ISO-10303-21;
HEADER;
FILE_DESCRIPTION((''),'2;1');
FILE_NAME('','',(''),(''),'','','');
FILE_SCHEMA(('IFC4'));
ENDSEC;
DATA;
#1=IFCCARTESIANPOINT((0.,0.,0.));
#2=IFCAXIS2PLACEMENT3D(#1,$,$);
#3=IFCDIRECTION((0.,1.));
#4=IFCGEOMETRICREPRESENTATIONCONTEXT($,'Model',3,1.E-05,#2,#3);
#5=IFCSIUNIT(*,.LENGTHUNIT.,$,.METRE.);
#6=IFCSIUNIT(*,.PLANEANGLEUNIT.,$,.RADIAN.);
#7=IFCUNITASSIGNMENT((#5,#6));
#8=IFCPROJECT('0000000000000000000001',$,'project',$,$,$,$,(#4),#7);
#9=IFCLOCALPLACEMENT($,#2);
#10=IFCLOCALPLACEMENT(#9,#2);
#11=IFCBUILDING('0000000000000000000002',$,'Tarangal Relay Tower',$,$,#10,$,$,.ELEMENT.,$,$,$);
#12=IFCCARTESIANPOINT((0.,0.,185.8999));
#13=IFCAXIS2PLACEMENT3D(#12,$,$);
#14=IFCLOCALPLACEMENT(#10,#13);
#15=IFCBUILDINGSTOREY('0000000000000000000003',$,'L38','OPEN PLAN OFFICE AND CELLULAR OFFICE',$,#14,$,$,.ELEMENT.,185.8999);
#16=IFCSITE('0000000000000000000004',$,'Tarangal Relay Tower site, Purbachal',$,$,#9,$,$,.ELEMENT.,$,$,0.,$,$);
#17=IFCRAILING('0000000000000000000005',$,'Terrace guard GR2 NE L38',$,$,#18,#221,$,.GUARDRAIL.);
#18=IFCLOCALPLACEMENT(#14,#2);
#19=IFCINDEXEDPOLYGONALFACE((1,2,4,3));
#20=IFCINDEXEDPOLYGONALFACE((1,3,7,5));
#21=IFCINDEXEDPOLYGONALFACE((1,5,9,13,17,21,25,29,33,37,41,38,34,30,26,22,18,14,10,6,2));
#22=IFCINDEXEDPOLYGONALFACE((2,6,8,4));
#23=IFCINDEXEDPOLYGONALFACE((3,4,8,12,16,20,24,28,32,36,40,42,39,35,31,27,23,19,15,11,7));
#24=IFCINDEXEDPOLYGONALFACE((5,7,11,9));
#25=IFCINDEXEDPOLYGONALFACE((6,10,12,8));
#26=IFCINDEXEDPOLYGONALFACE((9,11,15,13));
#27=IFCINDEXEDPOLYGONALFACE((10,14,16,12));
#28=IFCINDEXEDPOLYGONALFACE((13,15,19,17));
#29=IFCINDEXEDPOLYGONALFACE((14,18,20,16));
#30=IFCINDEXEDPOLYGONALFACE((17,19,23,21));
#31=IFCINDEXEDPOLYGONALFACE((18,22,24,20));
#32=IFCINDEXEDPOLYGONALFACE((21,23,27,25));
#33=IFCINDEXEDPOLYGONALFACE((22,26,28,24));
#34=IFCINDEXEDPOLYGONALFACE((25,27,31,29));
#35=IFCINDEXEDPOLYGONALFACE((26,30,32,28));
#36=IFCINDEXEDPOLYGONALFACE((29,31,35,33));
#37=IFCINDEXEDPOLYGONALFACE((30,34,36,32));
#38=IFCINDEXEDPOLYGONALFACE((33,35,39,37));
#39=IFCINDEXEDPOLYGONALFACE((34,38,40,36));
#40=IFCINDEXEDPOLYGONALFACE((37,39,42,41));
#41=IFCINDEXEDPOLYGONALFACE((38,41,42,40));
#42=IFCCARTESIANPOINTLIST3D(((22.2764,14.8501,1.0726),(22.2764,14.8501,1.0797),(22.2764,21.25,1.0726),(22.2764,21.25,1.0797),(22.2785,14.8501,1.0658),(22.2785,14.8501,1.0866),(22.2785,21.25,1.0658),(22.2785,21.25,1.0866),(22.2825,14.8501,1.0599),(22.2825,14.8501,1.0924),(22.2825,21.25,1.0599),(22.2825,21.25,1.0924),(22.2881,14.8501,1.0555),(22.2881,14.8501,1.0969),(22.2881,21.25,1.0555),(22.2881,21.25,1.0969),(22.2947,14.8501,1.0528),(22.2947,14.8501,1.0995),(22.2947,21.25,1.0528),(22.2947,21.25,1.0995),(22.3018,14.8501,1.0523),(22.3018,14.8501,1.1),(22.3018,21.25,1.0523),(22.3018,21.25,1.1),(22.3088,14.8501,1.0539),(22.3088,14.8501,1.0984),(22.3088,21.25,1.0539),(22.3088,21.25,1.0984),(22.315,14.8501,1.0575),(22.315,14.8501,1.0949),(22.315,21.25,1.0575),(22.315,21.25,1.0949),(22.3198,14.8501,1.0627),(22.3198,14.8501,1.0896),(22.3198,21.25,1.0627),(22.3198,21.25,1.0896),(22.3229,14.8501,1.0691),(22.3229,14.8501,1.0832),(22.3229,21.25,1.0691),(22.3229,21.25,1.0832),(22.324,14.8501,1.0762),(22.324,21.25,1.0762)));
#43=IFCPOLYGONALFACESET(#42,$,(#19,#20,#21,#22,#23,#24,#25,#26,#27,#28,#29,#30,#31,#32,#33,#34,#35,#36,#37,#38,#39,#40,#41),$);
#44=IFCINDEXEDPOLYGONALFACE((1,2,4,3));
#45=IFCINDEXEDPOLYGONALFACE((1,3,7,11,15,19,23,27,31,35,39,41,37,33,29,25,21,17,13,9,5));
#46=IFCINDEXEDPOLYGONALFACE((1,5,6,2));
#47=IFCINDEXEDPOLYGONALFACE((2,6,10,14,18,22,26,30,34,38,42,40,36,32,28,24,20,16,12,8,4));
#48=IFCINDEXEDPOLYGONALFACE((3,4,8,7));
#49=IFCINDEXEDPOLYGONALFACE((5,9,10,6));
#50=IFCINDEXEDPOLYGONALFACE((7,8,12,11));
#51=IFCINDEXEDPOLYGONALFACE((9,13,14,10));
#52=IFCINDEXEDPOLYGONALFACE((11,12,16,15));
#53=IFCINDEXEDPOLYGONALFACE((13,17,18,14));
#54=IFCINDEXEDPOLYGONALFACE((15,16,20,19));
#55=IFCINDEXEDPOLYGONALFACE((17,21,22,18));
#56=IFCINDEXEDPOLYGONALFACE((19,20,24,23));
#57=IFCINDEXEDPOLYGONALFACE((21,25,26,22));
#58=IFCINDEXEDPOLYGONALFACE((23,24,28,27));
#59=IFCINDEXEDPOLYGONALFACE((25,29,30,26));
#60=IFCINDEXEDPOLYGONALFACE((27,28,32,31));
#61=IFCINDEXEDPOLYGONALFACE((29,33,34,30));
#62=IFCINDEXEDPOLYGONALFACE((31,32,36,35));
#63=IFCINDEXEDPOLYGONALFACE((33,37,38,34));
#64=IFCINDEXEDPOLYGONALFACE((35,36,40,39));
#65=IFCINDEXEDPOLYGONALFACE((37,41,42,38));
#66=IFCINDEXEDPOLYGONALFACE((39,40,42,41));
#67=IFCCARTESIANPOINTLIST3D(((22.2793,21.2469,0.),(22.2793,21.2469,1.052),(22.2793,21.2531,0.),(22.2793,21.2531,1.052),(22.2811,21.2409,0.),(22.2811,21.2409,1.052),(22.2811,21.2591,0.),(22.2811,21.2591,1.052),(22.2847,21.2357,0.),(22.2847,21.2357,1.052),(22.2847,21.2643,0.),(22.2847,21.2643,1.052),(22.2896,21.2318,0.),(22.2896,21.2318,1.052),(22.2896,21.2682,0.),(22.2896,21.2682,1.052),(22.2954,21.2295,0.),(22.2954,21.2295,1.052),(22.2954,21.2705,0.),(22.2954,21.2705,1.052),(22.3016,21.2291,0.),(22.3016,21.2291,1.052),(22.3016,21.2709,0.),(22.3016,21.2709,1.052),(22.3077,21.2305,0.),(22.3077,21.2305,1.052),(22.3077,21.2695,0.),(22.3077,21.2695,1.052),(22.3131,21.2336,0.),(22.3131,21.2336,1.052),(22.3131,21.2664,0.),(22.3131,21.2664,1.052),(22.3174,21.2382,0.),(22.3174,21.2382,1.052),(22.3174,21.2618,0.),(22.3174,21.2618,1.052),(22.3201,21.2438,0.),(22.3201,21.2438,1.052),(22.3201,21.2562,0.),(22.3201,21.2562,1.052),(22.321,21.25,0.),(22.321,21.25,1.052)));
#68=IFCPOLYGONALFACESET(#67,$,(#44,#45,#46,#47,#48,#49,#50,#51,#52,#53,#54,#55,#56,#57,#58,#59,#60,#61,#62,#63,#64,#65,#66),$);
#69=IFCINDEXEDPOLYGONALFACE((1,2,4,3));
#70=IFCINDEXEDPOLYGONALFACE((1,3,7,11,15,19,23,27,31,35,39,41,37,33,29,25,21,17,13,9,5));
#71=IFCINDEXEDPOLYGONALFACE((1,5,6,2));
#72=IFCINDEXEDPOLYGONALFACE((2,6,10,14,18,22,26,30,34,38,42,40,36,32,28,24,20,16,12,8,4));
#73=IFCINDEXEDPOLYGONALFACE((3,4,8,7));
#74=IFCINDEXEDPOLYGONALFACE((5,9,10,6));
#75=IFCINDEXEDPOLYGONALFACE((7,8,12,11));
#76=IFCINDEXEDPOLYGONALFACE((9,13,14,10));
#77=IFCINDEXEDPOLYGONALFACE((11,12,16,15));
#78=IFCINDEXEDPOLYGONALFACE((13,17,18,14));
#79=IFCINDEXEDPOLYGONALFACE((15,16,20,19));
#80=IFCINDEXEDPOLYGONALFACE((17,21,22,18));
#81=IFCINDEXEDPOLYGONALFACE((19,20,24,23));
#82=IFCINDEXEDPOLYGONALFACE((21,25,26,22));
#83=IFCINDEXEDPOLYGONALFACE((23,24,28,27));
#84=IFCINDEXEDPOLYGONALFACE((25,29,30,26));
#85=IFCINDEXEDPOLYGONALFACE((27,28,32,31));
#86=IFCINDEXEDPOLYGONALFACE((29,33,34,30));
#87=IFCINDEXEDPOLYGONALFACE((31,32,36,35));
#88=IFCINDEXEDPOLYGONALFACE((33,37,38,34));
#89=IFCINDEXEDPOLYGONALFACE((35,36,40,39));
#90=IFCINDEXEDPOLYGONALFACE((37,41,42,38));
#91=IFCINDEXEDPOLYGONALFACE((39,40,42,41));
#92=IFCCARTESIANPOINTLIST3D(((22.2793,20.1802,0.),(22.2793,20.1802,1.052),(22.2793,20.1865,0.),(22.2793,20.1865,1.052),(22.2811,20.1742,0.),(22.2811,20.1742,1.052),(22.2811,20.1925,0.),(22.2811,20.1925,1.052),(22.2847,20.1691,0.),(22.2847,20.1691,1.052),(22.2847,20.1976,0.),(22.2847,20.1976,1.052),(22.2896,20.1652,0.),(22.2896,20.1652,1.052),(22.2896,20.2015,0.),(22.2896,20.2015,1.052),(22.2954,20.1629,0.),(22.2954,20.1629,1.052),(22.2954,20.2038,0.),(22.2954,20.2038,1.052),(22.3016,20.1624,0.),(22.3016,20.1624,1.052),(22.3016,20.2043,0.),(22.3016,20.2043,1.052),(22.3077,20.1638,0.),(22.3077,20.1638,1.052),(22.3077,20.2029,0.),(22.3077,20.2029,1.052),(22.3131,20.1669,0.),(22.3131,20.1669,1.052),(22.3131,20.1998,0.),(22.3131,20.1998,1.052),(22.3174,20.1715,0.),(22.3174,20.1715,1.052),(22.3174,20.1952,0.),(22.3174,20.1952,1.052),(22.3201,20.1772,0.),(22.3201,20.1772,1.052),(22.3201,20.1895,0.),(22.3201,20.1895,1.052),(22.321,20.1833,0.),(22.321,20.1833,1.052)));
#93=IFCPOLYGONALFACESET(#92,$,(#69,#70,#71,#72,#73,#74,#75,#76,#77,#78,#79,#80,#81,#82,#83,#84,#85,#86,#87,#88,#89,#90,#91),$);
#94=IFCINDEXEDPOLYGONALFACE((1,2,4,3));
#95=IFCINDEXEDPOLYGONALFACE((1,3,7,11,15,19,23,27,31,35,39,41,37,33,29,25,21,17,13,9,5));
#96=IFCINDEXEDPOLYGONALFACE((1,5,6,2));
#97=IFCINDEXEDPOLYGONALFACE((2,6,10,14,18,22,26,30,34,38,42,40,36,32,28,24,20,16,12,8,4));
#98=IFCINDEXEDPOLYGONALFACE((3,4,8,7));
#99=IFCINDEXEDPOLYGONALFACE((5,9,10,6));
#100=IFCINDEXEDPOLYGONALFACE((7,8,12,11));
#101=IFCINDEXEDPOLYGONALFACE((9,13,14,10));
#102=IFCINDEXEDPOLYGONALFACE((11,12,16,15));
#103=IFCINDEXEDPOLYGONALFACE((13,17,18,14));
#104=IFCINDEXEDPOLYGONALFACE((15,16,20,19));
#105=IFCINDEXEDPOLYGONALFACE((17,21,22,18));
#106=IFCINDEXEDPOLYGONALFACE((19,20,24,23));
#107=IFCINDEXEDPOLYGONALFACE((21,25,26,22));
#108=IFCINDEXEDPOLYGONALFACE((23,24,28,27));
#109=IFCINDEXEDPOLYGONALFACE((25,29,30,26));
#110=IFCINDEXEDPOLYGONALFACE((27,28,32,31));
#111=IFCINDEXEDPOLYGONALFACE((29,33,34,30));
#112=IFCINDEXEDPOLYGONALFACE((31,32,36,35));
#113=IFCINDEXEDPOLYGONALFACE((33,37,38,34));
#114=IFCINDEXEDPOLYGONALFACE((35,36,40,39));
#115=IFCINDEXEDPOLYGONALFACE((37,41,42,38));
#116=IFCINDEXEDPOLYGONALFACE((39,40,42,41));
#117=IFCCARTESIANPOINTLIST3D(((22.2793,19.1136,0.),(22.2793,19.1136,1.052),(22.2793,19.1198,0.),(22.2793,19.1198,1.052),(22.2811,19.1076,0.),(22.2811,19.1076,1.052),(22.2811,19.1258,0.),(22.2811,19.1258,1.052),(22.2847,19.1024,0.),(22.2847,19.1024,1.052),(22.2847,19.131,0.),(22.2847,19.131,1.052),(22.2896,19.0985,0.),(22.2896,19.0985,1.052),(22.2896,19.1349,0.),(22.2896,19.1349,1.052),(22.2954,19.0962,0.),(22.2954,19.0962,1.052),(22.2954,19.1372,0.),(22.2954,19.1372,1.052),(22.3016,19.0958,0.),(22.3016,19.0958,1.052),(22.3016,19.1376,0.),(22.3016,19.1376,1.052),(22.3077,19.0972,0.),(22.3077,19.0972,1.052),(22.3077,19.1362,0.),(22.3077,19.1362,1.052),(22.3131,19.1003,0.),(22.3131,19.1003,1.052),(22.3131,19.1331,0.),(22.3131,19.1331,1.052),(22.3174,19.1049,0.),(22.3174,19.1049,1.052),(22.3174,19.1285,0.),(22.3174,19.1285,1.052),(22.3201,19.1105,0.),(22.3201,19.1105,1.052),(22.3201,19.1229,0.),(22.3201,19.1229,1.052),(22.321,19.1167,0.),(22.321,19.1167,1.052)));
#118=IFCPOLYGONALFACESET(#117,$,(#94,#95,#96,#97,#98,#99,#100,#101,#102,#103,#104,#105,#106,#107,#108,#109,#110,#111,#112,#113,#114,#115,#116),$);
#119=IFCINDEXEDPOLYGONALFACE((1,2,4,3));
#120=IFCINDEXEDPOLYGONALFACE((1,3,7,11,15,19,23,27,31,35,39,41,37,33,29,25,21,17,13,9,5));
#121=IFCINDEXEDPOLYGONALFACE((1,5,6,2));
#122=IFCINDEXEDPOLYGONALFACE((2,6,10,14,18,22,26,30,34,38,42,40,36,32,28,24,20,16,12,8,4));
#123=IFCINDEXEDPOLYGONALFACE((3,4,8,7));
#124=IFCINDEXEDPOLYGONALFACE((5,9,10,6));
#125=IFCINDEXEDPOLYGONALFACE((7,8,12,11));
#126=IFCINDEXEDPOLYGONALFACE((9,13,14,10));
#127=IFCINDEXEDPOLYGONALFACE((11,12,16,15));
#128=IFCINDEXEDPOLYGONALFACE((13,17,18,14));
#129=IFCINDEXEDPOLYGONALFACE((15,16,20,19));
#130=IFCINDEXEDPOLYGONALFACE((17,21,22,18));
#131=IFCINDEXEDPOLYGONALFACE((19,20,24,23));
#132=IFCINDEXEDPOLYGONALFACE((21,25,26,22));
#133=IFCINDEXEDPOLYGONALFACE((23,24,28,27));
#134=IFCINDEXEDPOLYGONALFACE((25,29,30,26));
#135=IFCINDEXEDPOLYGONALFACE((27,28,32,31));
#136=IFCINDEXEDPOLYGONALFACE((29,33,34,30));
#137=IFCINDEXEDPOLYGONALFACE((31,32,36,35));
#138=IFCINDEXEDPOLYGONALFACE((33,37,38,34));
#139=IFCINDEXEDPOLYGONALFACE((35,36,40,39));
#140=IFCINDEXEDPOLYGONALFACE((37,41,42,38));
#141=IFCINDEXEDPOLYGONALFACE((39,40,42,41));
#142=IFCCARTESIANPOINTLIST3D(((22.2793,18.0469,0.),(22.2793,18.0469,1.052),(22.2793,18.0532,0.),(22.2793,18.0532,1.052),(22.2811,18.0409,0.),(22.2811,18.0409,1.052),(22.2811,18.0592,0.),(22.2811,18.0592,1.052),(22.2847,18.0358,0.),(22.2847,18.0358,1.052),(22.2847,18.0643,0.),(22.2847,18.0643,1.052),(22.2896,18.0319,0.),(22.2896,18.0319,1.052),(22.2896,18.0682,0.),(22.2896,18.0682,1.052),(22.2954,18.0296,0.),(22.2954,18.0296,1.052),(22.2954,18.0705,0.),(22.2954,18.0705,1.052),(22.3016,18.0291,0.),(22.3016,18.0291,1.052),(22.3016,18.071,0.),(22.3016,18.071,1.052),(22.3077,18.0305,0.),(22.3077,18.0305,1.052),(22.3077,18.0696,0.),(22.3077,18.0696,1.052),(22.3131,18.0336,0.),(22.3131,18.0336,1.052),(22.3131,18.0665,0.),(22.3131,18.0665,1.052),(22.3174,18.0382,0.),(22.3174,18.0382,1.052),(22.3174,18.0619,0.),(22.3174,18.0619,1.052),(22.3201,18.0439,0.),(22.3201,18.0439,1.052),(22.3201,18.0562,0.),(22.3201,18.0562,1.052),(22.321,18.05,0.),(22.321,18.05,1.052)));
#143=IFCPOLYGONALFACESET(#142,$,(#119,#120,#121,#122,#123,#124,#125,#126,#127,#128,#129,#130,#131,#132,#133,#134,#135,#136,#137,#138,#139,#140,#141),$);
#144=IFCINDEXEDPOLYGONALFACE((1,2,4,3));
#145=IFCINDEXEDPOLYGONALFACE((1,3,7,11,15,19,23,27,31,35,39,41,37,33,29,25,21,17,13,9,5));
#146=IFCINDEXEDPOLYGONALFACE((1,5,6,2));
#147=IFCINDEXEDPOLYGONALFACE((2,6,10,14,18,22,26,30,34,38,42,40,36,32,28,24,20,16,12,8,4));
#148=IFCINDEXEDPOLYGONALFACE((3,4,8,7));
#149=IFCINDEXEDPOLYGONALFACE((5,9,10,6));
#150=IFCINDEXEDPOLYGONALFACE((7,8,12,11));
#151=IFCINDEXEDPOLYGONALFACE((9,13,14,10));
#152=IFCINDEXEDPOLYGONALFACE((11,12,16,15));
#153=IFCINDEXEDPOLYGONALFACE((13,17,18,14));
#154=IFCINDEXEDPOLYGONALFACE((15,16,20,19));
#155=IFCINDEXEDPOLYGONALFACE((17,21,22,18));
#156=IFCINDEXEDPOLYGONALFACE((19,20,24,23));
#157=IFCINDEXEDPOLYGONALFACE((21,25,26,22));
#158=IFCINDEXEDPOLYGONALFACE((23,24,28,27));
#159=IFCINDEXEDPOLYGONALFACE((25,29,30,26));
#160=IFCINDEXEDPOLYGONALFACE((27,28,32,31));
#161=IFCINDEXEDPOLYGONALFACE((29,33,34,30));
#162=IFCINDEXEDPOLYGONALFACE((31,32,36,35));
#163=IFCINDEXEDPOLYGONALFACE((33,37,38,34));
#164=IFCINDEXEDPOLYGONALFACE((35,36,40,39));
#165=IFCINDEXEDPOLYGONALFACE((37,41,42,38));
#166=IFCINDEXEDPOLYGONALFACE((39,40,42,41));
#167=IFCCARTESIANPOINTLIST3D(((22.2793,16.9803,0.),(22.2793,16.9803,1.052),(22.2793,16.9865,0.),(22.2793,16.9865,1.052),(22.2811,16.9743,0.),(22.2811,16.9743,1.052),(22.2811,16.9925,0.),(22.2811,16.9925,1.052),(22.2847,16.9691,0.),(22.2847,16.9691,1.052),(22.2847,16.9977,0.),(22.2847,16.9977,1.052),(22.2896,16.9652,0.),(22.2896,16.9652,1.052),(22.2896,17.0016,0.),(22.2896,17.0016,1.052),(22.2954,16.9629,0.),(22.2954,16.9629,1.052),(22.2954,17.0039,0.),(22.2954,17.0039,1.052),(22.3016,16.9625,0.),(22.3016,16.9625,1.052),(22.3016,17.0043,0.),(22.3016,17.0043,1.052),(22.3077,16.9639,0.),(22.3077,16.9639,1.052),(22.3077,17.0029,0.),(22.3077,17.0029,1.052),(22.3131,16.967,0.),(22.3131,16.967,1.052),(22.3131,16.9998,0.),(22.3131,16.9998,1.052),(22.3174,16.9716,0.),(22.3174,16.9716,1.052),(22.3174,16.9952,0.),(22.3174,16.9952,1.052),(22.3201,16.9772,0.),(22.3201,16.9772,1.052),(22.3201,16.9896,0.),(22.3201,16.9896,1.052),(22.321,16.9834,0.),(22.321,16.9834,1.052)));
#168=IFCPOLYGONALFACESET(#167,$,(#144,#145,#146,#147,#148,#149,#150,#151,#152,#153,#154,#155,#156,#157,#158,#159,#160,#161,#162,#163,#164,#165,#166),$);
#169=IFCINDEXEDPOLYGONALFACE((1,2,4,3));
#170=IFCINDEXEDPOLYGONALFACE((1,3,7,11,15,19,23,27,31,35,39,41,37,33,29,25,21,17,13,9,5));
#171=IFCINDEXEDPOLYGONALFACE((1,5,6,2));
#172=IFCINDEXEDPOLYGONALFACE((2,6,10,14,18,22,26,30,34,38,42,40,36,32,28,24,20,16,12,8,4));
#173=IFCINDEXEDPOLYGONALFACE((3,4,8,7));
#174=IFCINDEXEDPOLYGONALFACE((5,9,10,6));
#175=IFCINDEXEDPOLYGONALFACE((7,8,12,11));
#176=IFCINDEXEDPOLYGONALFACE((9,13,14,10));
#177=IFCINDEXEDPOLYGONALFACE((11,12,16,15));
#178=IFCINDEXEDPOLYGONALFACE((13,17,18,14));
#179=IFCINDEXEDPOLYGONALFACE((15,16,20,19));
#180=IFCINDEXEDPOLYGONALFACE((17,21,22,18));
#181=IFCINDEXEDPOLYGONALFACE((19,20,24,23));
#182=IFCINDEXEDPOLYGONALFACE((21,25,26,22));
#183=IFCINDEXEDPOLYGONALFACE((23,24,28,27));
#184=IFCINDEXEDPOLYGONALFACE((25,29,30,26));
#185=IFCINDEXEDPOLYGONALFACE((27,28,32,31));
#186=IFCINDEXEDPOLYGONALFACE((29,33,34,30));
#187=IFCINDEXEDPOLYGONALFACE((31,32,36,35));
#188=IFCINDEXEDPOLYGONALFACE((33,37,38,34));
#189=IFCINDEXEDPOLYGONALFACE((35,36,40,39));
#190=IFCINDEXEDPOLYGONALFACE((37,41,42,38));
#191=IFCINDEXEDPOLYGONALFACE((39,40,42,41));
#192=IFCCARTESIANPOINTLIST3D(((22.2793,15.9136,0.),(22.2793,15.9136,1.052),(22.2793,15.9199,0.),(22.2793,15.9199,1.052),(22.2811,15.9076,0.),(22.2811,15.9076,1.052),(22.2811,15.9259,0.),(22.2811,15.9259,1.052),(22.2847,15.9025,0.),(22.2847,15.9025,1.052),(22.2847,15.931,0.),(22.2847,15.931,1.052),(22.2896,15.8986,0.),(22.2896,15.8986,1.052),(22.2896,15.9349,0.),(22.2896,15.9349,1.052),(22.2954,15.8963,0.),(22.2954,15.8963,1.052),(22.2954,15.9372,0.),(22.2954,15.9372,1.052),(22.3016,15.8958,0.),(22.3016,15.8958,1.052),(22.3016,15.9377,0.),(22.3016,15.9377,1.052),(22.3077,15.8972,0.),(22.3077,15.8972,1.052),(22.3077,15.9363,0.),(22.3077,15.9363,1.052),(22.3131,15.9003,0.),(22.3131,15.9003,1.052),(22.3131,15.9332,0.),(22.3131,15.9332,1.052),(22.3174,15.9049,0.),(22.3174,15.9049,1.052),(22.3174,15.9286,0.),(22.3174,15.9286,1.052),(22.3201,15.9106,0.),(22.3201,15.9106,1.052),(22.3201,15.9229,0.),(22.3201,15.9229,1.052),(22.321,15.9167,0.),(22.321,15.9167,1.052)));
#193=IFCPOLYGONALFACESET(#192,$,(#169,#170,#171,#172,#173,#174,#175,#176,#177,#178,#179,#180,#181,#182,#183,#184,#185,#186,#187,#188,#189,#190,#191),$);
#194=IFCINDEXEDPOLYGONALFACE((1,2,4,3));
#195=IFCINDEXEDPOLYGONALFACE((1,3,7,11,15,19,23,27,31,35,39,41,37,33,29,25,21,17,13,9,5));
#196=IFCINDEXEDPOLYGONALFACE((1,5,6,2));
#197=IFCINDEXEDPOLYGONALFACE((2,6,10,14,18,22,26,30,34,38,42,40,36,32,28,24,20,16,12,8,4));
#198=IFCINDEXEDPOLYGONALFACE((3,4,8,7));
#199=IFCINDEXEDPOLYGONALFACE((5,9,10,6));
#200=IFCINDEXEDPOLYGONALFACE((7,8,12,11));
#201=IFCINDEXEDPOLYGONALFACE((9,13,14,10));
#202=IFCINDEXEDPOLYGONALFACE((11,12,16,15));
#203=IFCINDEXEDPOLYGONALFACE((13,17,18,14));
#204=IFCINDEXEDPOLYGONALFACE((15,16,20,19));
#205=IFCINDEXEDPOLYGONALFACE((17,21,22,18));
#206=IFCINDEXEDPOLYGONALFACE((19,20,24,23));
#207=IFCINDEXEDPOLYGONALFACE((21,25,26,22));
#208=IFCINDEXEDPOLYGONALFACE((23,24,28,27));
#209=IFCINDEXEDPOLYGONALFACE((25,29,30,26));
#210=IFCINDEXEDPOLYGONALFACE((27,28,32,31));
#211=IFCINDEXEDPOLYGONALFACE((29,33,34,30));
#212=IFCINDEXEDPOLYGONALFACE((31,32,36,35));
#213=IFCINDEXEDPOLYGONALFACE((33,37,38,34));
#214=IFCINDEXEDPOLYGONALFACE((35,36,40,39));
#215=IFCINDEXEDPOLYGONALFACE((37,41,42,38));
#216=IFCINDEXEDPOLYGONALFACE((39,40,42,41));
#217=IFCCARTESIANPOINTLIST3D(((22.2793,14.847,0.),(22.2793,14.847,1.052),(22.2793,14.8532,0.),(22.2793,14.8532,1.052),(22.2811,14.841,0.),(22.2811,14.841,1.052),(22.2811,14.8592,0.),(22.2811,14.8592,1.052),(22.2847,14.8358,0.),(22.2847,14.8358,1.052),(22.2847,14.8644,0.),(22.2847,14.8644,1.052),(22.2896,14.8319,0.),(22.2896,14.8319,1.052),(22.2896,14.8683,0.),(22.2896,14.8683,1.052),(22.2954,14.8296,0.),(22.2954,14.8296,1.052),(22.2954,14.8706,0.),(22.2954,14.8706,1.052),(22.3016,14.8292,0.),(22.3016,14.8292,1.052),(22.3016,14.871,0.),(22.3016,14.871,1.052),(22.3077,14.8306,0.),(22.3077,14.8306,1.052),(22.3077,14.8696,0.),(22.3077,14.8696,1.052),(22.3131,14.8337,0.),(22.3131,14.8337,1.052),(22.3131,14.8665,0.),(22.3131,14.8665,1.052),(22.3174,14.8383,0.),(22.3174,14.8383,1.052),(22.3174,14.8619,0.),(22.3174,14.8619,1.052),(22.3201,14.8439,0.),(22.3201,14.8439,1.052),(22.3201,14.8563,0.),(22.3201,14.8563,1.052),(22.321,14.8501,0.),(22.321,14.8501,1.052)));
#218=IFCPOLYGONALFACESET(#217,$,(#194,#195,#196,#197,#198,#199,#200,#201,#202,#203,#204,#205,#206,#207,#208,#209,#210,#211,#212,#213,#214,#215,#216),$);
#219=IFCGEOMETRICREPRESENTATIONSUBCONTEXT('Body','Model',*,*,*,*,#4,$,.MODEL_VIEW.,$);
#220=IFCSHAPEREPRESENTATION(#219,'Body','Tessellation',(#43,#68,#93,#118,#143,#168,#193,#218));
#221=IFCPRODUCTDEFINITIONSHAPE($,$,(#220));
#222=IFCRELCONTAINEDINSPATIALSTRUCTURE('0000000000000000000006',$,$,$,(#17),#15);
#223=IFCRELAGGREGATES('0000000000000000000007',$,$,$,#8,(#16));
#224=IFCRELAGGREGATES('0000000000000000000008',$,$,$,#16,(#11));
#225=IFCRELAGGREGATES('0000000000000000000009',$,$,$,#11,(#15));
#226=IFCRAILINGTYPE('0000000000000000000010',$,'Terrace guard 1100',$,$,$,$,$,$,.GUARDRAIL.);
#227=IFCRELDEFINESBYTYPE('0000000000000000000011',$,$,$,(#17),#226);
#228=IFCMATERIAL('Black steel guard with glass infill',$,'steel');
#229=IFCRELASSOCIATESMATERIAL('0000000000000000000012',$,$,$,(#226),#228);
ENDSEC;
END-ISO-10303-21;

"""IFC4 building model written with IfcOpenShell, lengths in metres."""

from ifc_helpers import new_model, si_unit, direction, frame, origin, origin_2d, place, context, subcontext, project, spatial, circle, extrude, material, type_object, element, save


model = new_model("IFC4")

# Units and contexts
model_context = context("Model", 3, precision=1e-05, world=origin(), true_north=direction((0.0, 1.0)))
body_context = subcontext(model_context, "Body", "Model", "MODEL_VIEW")
ifc_project = project(units=[si_unit("LENGTHUNIT", "METRE"), si_unit("PLANEANGLEUNIT", "RADIAN")], contexts=[model_context])

# Site, building, storey
site_placement = place(None, origin())
site = spatial("IfcSite", under=ifc_project, at=site_placement, Name="Tarangal Relay Tower site, Purbachal", CompositionType="ELEMENT", RefElevation=0.0)
building_placement = place(site_placement, origin())
building = spatial("IfcBuilding", under=site, at=building_placement, Name="Tarangal Relay Tower", CompositionType="ELEMENT")
storey_placement = place(building_placement, frame((0.0, 0.0, 185.8999)))
storey = spatial("IfcBuildingStorey", under=building, at=storey_placement, Name="L38", Description="OPEN PLAN OFFICE AND CELLULAR OFFICE", CompositionType="ELEMENT", Elevation=185.8999)

# Railing
ifc_material_1 = material(Name="Black steel guard with glass infill", Category="steel")
railing_type = type_object("IfcRailingType", Name="Terrace guard 1100", PredefinedType="GUARDRAIL", material=ifc_material_1)
railing_1_placement = place(storey_placement, frame((22.3, 21.25, 0.0)))
element("IfcRailing", 1, at=railing_1_placement, inside=storey, type_object=railing_type, Name="Terrace guard GR2 NE L38", PredefinedType="GUARDRAIL", context=body_context, shape_type="SweptSolid", body=[
    extrude(circle(Radius=0.0239, at=origin_2d()), frame((0.0, 0.0, 1.0762), z_axis=(0.0, -1.0, 0.0), x_axis=(1.0, 0.0, 0.0)), (0.0, 0.0, 1.0), 6.3999),
    extrude(circle(Radius=0.021, at=origin_2d()), origin(), (0.0, 0.0, 1.0), 1.052),
    extrude(circle(Radius=0.021, at=origin_2d()), frame((0.0, -1.0667, 0.0)), (0.0, 0.0, 1.0), 1.052),
    extrude(circle(Radius=0.021, at=origin_2d()), frame((0.0, -2.1333, 0.0)), (0.0, 0.0, 1.0), 1.052),
    extrude(circle(Radius=0.021, at=origin_2d()), frame((0.0, -3.2, 0.0)), (0.0, 0.0, 1.0), 1.052),
    extrude(circle(Radius=0.021, at=origin_2d()), frame((0.0, -4.2666, 0.0)), (0.0, 0.0, 1.0), 1.052),
    extrude(circle(Radius=0.021, at=origin_2d()), frame((0.0, -5.3333, 0.0)), (0.0, 0.0, 1.0), 1.052),
    extrude(circle(Radius=0.021, at=origin_2d()), frame((0.0, -6.3999, 0.0)), (0.0, 0.0, 1.0), 1.052),
])

save(model, "model.ifc")
